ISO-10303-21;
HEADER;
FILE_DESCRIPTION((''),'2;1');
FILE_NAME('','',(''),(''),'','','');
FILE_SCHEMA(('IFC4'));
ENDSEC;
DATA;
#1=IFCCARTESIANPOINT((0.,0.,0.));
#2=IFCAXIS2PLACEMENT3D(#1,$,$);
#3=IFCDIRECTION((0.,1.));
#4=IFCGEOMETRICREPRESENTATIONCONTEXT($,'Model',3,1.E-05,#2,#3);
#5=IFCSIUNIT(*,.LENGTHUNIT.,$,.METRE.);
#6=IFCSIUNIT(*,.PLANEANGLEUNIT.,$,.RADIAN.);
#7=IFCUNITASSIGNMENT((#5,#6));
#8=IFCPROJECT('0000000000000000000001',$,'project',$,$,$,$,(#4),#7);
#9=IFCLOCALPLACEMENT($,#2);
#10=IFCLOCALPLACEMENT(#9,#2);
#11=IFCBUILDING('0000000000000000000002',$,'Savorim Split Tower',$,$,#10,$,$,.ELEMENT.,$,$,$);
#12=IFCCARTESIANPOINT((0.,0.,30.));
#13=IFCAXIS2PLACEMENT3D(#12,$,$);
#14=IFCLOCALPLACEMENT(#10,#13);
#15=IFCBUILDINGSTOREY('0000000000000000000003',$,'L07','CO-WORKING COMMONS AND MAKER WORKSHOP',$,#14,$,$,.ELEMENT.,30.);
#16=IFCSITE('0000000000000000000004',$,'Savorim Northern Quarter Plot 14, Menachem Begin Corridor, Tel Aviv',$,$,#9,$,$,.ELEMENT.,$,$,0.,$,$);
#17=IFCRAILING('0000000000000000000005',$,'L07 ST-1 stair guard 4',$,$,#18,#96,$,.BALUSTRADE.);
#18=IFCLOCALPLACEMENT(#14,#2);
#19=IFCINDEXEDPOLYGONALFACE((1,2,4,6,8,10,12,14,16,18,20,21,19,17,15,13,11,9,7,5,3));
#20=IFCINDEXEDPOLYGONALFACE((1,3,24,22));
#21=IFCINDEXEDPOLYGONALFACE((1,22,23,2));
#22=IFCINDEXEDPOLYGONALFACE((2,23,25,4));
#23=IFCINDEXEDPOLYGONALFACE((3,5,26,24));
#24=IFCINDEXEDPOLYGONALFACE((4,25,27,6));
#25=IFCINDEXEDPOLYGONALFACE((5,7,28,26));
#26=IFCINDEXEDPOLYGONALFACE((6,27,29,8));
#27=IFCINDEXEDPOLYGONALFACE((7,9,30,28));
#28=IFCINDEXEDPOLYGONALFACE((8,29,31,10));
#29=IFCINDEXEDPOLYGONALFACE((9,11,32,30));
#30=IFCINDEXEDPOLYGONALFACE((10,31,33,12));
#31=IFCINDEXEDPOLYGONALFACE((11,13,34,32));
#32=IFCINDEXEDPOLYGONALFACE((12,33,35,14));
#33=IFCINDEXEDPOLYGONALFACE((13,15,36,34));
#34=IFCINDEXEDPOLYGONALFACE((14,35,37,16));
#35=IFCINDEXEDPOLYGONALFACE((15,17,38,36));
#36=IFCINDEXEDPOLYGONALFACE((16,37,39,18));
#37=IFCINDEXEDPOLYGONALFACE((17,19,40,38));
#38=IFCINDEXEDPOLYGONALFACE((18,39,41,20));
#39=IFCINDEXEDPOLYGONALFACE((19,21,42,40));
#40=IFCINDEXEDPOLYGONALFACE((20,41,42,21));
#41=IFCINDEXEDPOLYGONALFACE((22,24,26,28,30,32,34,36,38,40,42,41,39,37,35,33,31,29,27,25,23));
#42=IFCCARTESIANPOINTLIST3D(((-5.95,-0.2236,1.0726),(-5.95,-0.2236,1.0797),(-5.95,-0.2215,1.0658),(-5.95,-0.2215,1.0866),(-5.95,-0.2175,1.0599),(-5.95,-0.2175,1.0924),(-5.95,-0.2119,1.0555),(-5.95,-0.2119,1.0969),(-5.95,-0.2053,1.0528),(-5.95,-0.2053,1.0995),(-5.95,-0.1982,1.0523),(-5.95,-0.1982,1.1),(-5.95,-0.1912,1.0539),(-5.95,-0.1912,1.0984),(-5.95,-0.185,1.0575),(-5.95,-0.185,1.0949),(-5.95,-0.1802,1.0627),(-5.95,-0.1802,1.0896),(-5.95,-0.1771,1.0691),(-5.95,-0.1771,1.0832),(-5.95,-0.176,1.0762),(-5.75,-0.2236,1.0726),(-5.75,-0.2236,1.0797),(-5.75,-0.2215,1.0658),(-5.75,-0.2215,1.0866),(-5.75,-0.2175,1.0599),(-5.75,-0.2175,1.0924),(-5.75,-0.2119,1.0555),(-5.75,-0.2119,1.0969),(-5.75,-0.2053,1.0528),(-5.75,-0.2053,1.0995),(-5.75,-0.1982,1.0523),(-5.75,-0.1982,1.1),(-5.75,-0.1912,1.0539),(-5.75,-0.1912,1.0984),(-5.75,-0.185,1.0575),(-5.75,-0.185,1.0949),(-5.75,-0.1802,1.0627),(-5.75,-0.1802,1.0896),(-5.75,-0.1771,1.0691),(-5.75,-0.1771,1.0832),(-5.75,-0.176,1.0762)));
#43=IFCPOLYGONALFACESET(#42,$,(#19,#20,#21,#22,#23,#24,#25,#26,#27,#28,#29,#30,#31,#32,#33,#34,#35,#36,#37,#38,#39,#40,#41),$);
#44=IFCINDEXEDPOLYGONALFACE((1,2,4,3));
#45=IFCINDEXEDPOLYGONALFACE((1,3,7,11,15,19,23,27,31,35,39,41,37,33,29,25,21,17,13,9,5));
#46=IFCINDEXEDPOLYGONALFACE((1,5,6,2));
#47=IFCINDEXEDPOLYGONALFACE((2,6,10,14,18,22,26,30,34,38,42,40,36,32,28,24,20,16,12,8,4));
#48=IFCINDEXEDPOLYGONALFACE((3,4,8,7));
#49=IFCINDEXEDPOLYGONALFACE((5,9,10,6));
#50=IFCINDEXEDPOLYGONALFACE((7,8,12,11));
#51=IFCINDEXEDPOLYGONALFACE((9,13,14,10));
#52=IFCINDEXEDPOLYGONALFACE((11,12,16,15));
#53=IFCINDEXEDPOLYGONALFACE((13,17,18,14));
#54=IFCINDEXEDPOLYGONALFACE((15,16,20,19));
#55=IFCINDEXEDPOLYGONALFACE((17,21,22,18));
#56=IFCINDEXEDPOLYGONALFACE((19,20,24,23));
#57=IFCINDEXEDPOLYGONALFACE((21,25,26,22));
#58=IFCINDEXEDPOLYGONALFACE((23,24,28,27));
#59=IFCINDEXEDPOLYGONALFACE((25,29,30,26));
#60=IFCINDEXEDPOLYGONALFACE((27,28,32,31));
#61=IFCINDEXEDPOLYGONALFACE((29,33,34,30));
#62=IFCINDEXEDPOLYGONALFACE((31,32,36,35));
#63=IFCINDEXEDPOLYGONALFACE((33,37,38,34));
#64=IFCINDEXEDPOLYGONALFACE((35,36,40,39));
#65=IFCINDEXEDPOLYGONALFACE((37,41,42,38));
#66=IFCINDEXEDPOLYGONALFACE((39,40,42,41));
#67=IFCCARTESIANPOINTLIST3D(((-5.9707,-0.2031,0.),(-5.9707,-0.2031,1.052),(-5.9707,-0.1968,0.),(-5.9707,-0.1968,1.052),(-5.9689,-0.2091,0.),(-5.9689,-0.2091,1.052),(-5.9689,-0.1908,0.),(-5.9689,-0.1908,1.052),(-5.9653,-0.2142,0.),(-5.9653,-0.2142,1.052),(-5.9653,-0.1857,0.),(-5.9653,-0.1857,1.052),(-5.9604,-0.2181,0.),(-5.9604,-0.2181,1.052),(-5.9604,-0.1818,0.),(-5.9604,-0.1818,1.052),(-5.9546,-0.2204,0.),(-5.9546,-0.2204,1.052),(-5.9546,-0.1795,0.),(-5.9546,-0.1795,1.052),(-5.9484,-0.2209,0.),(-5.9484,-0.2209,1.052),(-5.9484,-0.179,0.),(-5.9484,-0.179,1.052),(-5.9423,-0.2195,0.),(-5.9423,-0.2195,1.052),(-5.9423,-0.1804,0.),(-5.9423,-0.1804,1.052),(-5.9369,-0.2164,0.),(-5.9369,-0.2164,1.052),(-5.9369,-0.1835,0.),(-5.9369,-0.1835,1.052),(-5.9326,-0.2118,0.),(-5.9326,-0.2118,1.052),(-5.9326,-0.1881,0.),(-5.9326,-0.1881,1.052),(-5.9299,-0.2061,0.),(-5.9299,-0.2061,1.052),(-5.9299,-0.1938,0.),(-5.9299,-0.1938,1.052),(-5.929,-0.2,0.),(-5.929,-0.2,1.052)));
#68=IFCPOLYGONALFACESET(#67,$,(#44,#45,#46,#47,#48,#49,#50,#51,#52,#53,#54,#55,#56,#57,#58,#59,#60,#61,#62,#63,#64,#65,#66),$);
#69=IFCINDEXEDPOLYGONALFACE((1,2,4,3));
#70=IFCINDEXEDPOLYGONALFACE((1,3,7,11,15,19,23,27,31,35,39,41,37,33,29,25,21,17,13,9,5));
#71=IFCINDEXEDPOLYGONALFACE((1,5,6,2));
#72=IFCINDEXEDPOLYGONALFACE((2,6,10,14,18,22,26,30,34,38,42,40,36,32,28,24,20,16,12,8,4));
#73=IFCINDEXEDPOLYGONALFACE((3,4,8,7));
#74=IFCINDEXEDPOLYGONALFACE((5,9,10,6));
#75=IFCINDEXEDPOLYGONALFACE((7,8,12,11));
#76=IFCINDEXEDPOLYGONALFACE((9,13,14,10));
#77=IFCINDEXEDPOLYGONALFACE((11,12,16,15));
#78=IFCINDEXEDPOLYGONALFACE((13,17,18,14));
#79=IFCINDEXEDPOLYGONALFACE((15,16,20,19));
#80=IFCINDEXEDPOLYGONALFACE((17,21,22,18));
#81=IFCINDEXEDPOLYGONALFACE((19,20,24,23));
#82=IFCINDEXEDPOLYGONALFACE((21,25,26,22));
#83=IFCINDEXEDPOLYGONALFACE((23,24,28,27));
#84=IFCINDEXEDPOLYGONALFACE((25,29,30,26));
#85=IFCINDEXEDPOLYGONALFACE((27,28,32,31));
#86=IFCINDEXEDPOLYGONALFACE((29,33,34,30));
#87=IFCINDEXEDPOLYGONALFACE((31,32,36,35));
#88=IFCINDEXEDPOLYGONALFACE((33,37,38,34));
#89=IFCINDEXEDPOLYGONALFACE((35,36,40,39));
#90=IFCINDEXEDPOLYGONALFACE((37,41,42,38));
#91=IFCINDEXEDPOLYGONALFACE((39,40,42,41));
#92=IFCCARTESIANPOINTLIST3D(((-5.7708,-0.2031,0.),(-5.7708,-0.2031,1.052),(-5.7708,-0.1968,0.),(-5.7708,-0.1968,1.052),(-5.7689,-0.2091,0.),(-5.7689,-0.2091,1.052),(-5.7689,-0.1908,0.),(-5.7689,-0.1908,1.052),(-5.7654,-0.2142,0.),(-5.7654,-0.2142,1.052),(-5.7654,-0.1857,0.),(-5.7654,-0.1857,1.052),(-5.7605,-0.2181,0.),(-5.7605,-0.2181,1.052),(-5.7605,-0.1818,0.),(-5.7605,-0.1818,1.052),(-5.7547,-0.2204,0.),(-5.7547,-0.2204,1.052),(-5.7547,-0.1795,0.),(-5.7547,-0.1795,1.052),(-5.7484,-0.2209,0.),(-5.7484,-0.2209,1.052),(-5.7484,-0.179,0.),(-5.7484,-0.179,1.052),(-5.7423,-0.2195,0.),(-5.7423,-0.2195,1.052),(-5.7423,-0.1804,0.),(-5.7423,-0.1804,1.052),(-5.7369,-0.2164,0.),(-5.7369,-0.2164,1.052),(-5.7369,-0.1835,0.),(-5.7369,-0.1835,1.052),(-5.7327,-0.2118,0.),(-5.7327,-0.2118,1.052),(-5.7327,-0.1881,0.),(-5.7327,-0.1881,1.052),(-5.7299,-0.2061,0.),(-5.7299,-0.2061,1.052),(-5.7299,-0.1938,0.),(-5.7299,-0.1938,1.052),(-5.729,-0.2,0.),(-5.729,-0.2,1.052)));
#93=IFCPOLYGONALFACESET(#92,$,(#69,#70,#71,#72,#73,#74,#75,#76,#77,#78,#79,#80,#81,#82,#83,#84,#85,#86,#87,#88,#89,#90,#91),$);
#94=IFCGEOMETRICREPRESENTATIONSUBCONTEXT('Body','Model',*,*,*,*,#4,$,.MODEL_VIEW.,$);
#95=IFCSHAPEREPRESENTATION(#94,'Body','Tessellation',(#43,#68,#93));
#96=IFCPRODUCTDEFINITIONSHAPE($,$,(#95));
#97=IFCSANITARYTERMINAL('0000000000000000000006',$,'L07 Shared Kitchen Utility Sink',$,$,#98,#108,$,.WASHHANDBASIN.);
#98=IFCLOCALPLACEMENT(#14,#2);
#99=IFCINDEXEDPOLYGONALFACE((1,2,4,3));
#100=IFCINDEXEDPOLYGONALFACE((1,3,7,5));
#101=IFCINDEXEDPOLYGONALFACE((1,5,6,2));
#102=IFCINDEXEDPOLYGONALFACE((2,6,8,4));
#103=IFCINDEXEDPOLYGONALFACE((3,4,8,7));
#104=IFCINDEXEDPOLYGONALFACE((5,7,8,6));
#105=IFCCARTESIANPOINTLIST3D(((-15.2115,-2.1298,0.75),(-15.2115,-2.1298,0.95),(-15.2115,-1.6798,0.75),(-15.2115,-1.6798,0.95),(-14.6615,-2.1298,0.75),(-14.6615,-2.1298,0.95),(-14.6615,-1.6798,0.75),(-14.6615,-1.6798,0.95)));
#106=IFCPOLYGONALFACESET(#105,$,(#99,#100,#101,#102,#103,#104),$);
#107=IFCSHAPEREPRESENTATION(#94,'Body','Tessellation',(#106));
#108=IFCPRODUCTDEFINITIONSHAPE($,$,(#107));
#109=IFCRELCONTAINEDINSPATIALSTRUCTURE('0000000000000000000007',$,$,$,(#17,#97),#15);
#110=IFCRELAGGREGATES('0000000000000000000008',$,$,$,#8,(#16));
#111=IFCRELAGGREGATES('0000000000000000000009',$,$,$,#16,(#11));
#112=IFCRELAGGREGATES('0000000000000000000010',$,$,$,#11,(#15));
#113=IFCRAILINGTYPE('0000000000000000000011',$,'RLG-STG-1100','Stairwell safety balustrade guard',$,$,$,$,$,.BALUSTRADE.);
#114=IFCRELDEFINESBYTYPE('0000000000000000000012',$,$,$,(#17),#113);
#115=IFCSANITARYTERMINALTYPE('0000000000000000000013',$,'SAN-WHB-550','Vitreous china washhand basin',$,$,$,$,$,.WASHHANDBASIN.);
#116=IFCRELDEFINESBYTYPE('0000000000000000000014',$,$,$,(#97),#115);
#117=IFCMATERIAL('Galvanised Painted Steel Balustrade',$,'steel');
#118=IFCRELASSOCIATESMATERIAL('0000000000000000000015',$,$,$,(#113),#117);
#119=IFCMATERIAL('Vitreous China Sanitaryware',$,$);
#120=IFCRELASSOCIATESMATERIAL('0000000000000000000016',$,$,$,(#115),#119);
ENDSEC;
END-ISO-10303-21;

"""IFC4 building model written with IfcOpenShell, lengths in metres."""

from ifc_helpers import new_model, si_unit, direction, frame, origin, origin_2d, place, context, subcontext, project, spatial, rectangle, circle, extrude, material, type_object, element, save


model = new_model("IFC4")

# Units and contexts
model_context = context("Model", 3, precision=1e-05, world=origin(), true_north=direction((0.0, 1.0)))
body_context = subcontext(model_context, "Body", "Model", "MODEL_VIEW")
ifc_project = project(units=[si_unit("LENGTHUNIT", "METRE"), si_unit("PLANEANGLEUNIT", "RADIAN")], contexts=[model_context])

# Site, building, storey
site_placement = place(None, origin())
site = spatial("IfcSite", under=ifc_project, at=site_placement, Name="Savorim Northern Quarter Plot 14, Menachem Begin Corridor, Tel Aviv", CompositionType="ELEMENT", RefElevation=0.0)
building_placement = place(site_placement, origin())
building = spatial("IfcBuilding", under=site, at=building_placement, Name="Savorim Split Tower", CompositionType="ELEMENT")
storey_placement = place(building_placement, frame((0.0, 0.0, 30.0)))
storey = spatial("IfcBuildingStorey", under=building, at=storey_placement, Name="L07", Description="CO-WORKING COMMONS AND MAKER WORKSHOP", CompositionType="ELEMENT", Elevation=30.0)

# Railing
ifc_material_1 = material(Name="Galvanised Painted Steel Balustrade", Category="steel")
railing_type_1 = type_object("IfcRailingType", Name="RLG-STG-1100", Description="Stairwell safety balustrade guard", PredefinedType="BALUSTRADE", material=ifc_material_1)
railing_1_placement = place(storey_placement, frame((-5.95, -0.2, 0.0)))
element("IfcRailing", 1, at=railing_1_placement, inside=storey, type_object=railing_type_1, Name="L07 ST-1 stair guard 4", PredefinedType="BALUSTRADE", context=body_context, shape_type="SweptSolid", body=[
    extrude(circle(Radius=0.0239, at=origin_2d()), frame((0.0, 0.0, 1.0762), z_axis=(1.0, 0.0, 0.0), x_axis=(0.0, 1.0, 0.0)), (0.0, 0.0, 1.0), 0.2),
    extrude(circle(Radius=0.021, at=origin_2d()), origin(), (0.0, 0.0, 1.0), 1.052),
    extrude(circle(Radius=0.021, at=origin_2d()), frame((0.2, 0.0, 0.0)), (0.0, 0.0, 1.0), 1.052),
])

# Sanitary terminal
ifc_material_2 = material(Name="Vitreous China Sanitaryware")
sanitary_terminal_type = type_object("IfcSanitaryTerminalType", Name="SAN-WHB-550", Description="Vitreous china washhand basin", PredefinedType="WASHHANDBASIN", material=ifc_material_2)
sanitary_terminal_placement = place(storey_placement, frame((-14.9365, -1.9048, 0.75), z_axis=(0.0, 0.0, 1.0), x_axis=(1.0, 0.0, 0.0)))
element("IfcSanitaryTerminal", 2, at=sanitary_terminal_placement, inside=storey, type_object=sanitary_terminal_type, Name="L07 Shared Kitchen Utility Sink", PredefinedType="WASHHANDBASIN", context=body_context, shape_type="SweptSolid", body=[
    extrude(rectangle(XDim=0.55, YDim=0.45, at=origin_2d()), origin(), (0.0, 0.0, 1.0), 0.2),
])

save(model, "model.ifc")
